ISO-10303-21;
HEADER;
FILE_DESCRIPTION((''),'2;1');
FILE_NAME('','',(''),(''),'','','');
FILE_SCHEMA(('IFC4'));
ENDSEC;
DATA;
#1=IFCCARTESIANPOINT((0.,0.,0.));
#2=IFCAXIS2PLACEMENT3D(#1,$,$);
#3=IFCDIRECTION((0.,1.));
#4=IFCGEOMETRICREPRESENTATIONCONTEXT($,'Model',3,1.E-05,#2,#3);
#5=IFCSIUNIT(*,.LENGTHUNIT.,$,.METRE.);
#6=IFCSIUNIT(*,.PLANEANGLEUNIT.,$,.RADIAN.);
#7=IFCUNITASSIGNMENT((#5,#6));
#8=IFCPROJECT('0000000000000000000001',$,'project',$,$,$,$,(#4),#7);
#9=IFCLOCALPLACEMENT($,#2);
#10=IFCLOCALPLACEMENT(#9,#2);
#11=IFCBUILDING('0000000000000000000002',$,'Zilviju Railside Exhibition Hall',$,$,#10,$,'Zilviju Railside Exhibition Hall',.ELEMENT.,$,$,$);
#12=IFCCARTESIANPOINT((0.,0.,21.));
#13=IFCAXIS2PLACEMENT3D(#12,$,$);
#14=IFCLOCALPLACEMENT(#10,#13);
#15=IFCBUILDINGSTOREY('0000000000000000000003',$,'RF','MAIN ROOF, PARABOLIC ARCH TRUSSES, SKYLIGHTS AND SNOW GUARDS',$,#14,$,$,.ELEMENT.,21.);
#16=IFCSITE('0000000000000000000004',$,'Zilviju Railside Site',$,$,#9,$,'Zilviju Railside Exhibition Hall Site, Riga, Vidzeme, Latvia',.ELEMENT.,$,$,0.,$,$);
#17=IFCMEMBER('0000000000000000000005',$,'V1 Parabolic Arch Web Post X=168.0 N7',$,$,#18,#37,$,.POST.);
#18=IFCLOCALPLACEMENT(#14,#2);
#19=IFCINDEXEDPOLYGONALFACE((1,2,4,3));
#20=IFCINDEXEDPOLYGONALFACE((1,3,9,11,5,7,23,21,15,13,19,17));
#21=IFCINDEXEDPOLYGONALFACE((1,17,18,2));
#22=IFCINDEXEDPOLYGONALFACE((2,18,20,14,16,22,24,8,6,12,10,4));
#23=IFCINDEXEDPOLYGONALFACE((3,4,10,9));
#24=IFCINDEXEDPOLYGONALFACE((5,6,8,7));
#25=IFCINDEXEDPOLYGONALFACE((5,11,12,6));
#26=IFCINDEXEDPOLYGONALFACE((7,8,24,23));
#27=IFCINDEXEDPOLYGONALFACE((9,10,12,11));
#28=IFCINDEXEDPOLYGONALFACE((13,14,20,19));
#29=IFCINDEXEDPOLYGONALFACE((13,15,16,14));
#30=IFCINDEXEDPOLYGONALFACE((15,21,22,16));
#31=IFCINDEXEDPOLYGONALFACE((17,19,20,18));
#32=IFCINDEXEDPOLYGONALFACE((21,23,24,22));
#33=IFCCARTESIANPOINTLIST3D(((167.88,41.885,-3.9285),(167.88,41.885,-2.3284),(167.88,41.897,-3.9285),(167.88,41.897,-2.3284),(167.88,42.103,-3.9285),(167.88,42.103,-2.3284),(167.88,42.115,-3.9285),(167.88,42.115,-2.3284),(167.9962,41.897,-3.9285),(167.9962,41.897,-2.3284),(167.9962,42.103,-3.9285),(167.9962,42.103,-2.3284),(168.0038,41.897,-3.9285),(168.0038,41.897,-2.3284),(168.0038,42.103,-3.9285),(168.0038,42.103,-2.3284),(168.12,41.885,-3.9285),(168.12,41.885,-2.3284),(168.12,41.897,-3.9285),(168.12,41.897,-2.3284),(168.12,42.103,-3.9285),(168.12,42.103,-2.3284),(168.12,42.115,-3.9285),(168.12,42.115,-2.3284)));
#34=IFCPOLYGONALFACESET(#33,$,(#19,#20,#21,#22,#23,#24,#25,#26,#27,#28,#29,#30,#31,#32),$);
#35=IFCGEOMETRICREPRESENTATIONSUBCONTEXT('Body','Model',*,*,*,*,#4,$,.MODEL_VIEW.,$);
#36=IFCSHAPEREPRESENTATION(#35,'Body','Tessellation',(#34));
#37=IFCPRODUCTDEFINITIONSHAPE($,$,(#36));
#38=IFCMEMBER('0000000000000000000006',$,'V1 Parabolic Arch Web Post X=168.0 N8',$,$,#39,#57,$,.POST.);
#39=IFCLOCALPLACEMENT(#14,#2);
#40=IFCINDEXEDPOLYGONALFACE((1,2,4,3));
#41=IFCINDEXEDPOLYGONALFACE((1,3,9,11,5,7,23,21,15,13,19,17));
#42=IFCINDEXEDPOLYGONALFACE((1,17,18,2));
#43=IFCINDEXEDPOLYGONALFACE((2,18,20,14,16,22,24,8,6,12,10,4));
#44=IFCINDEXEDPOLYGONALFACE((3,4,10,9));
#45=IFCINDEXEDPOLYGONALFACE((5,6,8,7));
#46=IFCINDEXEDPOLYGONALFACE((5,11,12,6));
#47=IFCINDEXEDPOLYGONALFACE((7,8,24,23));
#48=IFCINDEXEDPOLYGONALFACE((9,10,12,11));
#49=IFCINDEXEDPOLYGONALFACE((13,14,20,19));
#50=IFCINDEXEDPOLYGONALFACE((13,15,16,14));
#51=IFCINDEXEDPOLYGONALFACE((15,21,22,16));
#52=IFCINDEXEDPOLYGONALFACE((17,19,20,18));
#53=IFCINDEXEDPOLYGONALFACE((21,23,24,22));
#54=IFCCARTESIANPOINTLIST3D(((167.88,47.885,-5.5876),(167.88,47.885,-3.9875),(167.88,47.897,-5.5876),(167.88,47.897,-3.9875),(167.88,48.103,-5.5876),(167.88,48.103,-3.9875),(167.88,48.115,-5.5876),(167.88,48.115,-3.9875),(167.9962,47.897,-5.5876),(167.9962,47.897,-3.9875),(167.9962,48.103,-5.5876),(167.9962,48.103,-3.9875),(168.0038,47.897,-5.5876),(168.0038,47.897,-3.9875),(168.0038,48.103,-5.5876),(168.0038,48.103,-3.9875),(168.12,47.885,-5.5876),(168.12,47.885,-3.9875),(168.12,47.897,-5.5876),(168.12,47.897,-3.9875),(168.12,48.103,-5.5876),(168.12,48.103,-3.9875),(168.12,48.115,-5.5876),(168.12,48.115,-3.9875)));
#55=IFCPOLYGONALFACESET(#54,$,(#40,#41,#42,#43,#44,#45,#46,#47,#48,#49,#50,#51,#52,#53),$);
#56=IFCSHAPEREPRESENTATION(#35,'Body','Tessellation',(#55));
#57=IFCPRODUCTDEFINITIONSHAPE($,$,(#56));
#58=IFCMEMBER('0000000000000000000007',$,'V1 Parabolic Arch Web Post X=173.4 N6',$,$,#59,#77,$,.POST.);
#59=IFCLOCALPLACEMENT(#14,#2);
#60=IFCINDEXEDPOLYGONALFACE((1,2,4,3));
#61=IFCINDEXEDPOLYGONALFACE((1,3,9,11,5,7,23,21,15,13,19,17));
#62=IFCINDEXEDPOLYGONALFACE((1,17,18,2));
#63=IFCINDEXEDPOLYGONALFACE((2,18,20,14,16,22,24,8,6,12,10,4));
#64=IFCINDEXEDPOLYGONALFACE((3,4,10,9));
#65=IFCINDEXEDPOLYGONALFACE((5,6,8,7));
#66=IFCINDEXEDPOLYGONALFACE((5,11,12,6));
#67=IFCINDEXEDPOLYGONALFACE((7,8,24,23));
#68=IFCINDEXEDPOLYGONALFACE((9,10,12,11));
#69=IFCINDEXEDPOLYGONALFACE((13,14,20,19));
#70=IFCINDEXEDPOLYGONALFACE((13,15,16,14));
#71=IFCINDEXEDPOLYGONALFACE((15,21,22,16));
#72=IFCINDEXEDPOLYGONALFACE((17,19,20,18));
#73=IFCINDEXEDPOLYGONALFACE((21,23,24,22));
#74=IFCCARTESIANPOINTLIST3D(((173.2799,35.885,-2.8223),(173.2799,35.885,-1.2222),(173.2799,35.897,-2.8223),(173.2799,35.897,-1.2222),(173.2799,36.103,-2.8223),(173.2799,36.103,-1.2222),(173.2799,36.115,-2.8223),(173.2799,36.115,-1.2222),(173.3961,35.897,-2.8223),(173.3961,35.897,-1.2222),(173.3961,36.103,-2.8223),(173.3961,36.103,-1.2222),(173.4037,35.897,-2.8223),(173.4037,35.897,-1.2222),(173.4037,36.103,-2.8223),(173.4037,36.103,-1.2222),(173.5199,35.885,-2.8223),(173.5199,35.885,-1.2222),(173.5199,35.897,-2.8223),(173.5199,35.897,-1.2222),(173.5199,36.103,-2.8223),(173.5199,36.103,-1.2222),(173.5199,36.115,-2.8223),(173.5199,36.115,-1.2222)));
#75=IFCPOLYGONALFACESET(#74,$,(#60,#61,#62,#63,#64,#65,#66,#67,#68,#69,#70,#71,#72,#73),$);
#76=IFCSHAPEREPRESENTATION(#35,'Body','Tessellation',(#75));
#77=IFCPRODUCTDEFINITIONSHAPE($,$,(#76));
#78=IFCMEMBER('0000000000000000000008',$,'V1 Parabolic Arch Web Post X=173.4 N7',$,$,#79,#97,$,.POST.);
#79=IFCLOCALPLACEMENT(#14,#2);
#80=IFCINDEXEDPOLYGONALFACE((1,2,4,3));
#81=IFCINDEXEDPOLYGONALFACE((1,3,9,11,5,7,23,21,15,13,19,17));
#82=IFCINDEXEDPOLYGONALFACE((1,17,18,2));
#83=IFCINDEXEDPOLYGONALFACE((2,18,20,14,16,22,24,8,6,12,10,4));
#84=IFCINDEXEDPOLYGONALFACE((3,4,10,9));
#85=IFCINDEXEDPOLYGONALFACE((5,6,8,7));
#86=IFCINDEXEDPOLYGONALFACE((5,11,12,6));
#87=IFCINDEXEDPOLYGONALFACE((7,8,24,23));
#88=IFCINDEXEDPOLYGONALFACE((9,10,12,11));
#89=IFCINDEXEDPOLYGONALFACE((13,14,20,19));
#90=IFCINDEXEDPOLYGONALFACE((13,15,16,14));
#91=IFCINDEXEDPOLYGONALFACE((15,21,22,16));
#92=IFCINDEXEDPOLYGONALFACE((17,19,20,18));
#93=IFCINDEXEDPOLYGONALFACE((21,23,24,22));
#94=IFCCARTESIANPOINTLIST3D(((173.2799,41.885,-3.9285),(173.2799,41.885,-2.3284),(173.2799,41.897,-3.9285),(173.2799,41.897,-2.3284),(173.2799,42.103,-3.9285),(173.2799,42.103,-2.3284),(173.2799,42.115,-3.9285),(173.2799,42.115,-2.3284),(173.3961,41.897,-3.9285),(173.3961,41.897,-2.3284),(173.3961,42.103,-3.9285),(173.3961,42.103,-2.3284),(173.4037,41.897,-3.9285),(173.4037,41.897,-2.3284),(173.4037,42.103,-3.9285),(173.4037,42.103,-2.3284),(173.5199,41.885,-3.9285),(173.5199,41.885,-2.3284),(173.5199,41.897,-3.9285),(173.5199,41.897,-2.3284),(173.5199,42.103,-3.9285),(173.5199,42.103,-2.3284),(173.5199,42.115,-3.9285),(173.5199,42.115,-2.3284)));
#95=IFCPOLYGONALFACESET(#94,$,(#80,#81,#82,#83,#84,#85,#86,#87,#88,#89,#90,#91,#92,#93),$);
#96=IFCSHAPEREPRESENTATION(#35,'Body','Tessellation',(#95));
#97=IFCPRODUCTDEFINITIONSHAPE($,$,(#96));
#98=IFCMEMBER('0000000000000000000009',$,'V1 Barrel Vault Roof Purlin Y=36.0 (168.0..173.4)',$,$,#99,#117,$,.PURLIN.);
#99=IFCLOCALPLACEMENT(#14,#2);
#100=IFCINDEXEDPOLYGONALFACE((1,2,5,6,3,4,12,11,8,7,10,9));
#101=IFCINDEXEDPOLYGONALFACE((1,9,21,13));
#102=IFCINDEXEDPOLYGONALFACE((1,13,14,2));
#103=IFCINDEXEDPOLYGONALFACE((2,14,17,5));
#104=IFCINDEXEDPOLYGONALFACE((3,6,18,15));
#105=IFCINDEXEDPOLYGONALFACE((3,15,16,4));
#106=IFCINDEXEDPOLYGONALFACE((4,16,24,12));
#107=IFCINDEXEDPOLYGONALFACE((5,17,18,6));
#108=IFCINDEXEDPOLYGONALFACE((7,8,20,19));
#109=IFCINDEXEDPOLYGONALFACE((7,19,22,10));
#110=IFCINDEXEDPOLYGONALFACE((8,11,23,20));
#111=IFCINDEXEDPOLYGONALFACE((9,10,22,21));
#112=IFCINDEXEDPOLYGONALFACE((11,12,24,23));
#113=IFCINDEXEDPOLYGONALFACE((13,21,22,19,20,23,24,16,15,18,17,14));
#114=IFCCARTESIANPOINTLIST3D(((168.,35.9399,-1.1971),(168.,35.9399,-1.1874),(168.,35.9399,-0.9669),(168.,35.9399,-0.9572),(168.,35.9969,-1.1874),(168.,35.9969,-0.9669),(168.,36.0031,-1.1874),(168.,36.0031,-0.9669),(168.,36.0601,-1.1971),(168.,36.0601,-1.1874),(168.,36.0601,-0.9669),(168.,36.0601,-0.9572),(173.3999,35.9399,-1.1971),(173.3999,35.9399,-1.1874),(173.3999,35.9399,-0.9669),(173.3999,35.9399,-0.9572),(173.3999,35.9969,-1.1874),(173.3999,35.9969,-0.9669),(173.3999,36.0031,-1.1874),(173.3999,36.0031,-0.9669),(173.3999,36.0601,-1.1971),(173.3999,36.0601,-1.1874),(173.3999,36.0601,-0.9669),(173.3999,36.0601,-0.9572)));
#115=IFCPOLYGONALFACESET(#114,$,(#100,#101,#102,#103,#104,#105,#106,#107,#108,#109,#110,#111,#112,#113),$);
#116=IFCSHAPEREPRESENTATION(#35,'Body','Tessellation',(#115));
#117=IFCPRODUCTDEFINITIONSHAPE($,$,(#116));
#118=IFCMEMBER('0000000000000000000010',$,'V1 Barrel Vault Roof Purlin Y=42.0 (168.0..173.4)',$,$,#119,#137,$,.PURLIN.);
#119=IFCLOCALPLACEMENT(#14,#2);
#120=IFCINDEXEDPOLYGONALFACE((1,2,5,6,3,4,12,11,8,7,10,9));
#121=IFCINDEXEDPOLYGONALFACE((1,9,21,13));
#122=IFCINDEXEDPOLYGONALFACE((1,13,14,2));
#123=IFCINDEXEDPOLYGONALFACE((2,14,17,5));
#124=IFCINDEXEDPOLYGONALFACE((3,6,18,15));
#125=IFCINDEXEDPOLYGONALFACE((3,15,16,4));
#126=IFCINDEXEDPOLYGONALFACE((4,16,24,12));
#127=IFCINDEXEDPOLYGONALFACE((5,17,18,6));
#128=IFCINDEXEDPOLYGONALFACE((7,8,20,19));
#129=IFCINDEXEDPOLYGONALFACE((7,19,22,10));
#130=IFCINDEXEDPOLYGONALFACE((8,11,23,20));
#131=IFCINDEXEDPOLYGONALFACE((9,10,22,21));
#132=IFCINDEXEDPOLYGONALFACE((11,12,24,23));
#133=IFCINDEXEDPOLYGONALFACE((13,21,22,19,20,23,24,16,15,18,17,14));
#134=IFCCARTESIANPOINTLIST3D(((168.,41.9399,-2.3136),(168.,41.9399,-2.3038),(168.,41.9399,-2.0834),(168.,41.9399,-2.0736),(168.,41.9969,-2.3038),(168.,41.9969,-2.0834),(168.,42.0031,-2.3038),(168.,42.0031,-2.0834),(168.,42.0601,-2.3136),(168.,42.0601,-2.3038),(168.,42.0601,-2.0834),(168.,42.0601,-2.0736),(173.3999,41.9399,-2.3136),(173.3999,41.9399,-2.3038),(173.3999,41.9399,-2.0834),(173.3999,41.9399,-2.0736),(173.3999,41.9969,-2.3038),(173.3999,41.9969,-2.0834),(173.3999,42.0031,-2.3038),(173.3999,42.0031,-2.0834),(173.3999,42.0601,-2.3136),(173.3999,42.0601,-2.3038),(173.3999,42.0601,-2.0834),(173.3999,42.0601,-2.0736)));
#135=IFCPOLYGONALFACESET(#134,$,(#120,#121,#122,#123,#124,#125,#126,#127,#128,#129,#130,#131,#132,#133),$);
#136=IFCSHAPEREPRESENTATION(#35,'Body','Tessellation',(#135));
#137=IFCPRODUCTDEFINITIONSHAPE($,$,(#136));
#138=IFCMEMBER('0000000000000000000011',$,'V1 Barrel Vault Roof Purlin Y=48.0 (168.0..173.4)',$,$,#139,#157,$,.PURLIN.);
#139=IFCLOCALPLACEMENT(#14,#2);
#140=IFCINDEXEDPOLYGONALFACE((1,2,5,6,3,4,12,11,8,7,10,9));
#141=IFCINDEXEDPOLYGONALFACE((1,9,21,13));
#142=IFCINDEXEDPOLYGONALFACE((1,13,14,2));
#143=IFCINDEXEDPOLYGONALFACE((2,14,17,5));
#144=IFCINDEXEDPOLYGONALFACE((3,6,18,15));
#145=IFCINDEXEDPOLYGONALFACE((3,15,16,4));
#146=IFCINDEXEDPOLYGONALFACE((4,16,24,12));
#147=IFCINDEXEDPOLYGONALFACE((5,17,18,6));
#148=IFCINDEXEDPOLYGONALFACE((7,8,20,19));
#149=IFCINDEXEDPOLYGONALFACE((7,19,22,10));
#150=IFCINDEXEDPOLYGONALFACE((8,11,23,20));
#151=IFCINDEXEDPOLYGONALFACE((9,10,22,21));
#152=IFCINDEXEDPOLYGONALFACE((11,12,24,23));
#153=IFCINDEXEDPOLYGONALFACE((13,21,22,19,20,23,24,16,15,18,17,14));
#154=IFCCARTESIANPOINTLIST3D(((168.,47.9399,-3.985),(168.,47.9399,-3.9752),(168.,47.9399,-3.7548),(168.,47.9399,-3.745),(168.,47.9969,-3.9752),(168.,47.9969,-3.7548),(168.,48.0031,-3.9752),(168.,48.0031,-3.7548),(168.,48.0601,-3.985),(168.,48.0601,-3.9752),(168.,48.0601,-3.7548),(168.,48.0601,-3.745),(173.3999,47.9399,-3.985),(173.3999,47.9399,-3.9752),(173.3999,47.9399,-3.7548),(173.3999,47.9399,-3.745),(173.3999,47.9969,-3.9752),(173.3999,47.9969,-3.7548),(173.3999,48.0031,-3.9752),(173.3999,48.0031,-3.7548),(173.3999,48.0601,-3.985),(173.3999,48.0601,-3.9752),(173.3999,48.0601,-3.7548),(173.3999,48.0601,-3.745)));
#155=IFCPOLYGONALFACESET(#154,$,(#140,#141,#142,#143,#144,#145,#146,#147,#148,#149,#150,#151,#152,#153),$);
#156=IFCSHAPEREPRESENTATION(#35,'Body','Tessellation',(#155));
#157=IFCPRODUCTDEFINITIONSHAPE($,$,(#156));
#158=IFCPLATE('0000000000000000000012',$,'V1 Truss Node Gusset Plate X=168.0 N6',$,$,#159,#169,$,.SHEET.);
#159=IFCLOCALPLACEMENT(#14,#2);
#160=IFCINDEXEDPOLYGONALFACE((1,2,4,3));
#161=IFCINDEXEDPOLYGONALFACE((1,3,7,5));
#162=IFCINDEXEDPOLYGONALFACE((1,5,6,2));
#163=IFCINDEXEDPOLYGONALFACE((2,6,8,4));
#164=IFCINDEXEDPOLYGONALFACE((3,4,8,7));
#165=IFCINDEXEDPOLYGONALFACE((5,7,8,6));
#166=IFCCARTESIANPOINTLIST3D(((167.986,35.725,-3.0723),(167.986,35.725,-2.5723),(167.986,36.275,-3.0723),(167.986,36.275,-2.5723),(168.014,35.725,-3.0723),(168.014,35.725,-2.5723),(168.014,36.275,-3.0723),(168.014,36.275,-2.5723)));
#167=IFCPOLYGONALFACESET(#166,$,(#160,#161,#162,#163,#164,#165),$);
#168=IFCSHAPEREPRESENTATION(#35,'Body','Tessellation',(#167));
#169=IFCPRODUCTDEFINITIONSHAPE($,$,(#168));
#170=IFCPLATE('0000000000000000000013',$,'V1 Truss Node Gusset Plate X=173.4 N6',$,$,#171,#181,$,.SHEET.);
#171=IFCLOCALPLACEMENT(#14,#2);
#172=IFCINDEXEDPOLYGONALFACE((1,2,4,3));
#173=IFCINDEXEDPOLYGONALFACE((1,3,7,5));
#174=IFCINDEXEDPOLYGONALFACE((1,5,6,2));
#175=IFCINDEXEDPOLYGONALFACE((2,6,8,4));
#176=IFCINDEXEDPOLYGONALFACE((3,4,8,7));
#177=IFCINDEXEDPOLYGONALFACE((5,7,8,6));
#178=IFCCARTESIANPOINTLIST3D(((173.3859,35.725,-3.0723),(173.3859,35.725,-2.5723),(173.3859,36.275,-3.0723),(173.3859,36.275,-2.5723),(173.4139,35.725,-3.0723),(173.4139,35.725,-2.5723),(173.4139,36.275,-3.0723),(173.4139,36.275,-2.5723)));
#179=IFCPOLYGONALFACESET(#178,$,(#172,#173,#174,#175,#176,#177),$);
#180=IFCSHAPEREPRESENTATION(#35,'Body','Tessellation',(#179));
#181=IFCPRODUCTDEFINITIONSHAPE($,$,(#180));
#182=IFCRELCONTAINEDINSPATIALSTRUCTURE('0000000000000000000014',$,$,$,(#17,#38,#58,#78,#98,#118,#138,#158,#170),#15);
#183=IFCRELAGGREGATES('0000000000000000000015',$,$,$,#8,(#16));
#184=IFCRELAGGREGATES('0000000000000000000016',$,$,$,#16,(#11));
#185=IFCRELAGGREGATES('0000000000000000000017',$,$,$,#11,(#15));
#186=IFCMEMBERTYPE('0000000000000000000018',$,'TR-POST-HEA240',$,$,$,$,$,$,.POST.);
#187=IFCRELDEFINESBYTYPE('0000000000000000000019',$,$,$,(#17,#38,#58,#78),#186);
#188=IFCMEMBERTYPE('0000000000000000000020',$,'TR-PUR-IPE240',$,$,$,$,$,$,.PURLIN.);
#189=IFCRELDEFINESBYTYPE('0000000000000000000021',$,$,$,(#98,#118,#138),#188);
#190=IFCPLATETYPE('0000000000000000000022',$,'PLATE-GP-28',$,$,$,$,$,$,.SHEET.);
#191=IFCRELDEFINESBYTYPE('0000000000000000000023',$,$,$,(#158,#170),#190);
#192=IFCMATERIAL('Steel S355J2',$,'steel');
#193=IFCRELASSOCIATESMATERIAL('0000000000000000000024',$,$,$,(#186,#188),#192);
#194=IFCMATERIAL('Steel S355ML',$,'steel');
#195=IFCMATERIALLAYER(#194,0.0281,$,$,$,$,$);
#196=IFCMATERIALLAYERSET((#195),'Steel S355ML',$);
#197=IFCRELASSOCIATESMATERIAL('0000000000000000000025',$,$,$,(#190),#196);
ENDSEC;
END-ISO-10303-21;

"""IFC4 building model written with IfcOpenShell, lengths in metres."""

from ifc_helpers import new_model, si_unit, direction, frame, origin, origin_2d, place, context, subcontext, project, spatial, rectangle, i_section, extrude, material, layer, layer_set, material_profile, profile_set, type_object, element, save


model = new_model("IFC4")

# Units and contexts
model_context = context("Model", 3, precision=1e-05, world=origin(), true_north=direction((0.0, 1.0)))
body_context = subcontext(model_context, "Body", "Model", "MODEL_VIEW")
ifc_project = project(units=[si_unit("LENGTHUNIT", "METRE"), si_unit("PLANEANGLEUNIT", "RADIAN")], contexts=[model_context])

# Site, building, storey
site_placement = place(None, origin())
site = spatial("IfcSite", under=ifc_project, at=site_placement, Name="Zilviju Railside Site", LongName="Zilviju Railside Exhibition Hall Site, Riga, Vidzeme, Latvia", CompositionType="ELEMENT", RefElevation=0.0)
building_placement = place(site_placement, origin())
building = spatial("IfcBuilding", under=site, at=building_placement, Name="Zilviju Railside Exhibition Hall", LongName="Zilviju Railside Exhibition Hall", CompositionType="ELEMENT")
storey_placement = place(building_placement, frame((0.0, 0.0, 21.0)))
storey = spatial("IfcBuildingStorey", under=building, at=storey_placement, Name="RF", Description="MAIN ROOF, PARABOLIC ARCH TRUSSES, SKYLIGHTS AND SNOW GUARDS", CompositionType="ELEMENT", Elevation=21.0)

# Members
ifc_material_1 = material(Name="Steel S355J2", Category="steel")
ifc_material_profile_1 = material_profile(ifc_material_1, i_section(OverallWidth=0.24, OverallDepth=0.23, WebThickness=0.0076, FlangeThickness=0.012, at=origin_2d()), Name="HEA 240")
ifc_profile_set_1 = profile_set([ifc_material_profile_1], Name="Steel S355J2")
member_type_1 = type_object("IfcMemberType", Name="TR-POST-HEA240", PredefinedType="POST", material=ifc_profile_set_1)
for number, where, z_axis, x_axis, name in (
    (1, (168.0, 42.0, -3.9285), (0.0, 0.0, 1.0), (1.0, 0.0, 0.0), "V1 Parabolic Arch Web Post X=168.0 N7"),
    (2, (168.0, 48.0, -5.5876), (0.0, 0.0, 1.0), (1.0, 0.0, 0.0), "V1 Parabolic Arch Web Post X=168.0 N8"),
    (3, (173.3999, 36.0, -2.8223), (0.0, 0.0, 1.0), (1.0, 0.0, 0.0), "V1 Parabolic Arch Web Post X=173.4 N6"),
    (4, (173.3999, 42.0, -3.9285), (0.0, 0.0, 1.0), (1.0, 0.0, 0.0), "V1 Parabolic Arch Web Post X=173.4 N7"),
):
    element("IfcMember", number, at=place(storey_placement, frame(where, z_axis=z_axis, x_axis=x_axis)), inside=storey, type_object=member_type_1, Name=name, PredefinedType="POST", context=body_context, shape_type="SweptSolid", body=[
        extrude(i_section(OverallWidth=0.24, OverallDepth=0.23, WebThickness=0.0076, FlangeThickness=0.012, at=origin_2d()), origin(), (0.0, 0.0, 1.0), 1.6001),
    ])
ifc_material_profile_2 = material_profile(ifc_material_1, i_section(OverallWidth=0.1201, OverallDepth=0.24, WebThickness=0.0061, FlangeThickness=0.0098, at=origin_2d()), Name="IPE 240")
ifc_profile_set_2 = profile_set([ifc_material_profile_2], Name="Steel S355J2")
member_type_2 = type_object("IfcMemberType", Name="TR-PUR-IPE240", PredefinedType="PURLIN", material=ifc_profile_set_2)
for number, where, z_axis, x_axis, name in (
    (5, (168.0, 36.0, -1.0771), (1.0, 0.0, 0.0), (0.0, 1.0, 0.0), "V1 Barrel Vault Roof Purlin Y=36.0 (168.0..173.4)"),
    (6, (168.0, 42.0, -2.1936), (1.0, 0.0, 0.0), (0.0, 1.0, 0.0), "V1 Barrel Vault Roof Purlin Y=42.0 (168.0..173.4)"),
    (7, (168.0, 48.0, -3.865), (1.0, 0.0, 0.0), (0.0, 1.0, 0.0), "V1 Barrel Vault Roof Purlin Y=48.0 (168.0..173.4)"),
):
    element("IfcMember", number, at=place(storey_placement, frame(where, z_axis=z_axis, x_axis=x_axis)), inside=storey, type_object=member_type_2, Name=name, PredefinedType="PURLIN", context=body_context, shape_type="SweptSolid", body=[
        extrude(i_section(OverallWidth=0.1201, OverallDepth=0.24, WebThickness=0.0061, FlangeThickness=0.0098, at=origin_2d()), origin(), (0.0, 0.0, 1.0), 5.3999),
    ])

# Plates
ifc_material_2 = material(Name="Steel S355ML", Category="steel")
ifc_layer = layer(ifc_material_2, 0.0281)
ifc_layer_set = layer_set([ifc_layer], Name="Steel S355ML")
plate_type = type_object("IfcPlateType", Name="PLATE-GP-28", PredefinedType="SHEET", material=ifc_layer_set)
for number, where, z_axis, x_axis, name in (
    (8, (168.0, 36.0, -3.0723), (0.0, 0.0, 1.0), (1.0, 0.0, 0.0), "V1 Truss Node Gusset Plate X=168.0 N6"),
    (9, (173.3999, 36.0, -3.0723), (0.0, 0.0, 1.0), (1.0, 0.0, 0.0), "V1 Truss Node Gusset Plate X=173.4 N6"),
):
    element("IfcPlate", number, at=place(storey_placement, frame(where, z_axis=z_axis, x_axis=x_axis)), inside=storey, type_object=plate_type, Name=name, PredefinedType="SHEET", context=body_context, shape_type="SweptSolid", body=[
        extrude(rectangle(XDim=0.0281, YDim=0.55, at=origin_2d()), origin(), (0.0, 0.0, 1.0), 0.5),
    ])

save(model, "model.ifc")
